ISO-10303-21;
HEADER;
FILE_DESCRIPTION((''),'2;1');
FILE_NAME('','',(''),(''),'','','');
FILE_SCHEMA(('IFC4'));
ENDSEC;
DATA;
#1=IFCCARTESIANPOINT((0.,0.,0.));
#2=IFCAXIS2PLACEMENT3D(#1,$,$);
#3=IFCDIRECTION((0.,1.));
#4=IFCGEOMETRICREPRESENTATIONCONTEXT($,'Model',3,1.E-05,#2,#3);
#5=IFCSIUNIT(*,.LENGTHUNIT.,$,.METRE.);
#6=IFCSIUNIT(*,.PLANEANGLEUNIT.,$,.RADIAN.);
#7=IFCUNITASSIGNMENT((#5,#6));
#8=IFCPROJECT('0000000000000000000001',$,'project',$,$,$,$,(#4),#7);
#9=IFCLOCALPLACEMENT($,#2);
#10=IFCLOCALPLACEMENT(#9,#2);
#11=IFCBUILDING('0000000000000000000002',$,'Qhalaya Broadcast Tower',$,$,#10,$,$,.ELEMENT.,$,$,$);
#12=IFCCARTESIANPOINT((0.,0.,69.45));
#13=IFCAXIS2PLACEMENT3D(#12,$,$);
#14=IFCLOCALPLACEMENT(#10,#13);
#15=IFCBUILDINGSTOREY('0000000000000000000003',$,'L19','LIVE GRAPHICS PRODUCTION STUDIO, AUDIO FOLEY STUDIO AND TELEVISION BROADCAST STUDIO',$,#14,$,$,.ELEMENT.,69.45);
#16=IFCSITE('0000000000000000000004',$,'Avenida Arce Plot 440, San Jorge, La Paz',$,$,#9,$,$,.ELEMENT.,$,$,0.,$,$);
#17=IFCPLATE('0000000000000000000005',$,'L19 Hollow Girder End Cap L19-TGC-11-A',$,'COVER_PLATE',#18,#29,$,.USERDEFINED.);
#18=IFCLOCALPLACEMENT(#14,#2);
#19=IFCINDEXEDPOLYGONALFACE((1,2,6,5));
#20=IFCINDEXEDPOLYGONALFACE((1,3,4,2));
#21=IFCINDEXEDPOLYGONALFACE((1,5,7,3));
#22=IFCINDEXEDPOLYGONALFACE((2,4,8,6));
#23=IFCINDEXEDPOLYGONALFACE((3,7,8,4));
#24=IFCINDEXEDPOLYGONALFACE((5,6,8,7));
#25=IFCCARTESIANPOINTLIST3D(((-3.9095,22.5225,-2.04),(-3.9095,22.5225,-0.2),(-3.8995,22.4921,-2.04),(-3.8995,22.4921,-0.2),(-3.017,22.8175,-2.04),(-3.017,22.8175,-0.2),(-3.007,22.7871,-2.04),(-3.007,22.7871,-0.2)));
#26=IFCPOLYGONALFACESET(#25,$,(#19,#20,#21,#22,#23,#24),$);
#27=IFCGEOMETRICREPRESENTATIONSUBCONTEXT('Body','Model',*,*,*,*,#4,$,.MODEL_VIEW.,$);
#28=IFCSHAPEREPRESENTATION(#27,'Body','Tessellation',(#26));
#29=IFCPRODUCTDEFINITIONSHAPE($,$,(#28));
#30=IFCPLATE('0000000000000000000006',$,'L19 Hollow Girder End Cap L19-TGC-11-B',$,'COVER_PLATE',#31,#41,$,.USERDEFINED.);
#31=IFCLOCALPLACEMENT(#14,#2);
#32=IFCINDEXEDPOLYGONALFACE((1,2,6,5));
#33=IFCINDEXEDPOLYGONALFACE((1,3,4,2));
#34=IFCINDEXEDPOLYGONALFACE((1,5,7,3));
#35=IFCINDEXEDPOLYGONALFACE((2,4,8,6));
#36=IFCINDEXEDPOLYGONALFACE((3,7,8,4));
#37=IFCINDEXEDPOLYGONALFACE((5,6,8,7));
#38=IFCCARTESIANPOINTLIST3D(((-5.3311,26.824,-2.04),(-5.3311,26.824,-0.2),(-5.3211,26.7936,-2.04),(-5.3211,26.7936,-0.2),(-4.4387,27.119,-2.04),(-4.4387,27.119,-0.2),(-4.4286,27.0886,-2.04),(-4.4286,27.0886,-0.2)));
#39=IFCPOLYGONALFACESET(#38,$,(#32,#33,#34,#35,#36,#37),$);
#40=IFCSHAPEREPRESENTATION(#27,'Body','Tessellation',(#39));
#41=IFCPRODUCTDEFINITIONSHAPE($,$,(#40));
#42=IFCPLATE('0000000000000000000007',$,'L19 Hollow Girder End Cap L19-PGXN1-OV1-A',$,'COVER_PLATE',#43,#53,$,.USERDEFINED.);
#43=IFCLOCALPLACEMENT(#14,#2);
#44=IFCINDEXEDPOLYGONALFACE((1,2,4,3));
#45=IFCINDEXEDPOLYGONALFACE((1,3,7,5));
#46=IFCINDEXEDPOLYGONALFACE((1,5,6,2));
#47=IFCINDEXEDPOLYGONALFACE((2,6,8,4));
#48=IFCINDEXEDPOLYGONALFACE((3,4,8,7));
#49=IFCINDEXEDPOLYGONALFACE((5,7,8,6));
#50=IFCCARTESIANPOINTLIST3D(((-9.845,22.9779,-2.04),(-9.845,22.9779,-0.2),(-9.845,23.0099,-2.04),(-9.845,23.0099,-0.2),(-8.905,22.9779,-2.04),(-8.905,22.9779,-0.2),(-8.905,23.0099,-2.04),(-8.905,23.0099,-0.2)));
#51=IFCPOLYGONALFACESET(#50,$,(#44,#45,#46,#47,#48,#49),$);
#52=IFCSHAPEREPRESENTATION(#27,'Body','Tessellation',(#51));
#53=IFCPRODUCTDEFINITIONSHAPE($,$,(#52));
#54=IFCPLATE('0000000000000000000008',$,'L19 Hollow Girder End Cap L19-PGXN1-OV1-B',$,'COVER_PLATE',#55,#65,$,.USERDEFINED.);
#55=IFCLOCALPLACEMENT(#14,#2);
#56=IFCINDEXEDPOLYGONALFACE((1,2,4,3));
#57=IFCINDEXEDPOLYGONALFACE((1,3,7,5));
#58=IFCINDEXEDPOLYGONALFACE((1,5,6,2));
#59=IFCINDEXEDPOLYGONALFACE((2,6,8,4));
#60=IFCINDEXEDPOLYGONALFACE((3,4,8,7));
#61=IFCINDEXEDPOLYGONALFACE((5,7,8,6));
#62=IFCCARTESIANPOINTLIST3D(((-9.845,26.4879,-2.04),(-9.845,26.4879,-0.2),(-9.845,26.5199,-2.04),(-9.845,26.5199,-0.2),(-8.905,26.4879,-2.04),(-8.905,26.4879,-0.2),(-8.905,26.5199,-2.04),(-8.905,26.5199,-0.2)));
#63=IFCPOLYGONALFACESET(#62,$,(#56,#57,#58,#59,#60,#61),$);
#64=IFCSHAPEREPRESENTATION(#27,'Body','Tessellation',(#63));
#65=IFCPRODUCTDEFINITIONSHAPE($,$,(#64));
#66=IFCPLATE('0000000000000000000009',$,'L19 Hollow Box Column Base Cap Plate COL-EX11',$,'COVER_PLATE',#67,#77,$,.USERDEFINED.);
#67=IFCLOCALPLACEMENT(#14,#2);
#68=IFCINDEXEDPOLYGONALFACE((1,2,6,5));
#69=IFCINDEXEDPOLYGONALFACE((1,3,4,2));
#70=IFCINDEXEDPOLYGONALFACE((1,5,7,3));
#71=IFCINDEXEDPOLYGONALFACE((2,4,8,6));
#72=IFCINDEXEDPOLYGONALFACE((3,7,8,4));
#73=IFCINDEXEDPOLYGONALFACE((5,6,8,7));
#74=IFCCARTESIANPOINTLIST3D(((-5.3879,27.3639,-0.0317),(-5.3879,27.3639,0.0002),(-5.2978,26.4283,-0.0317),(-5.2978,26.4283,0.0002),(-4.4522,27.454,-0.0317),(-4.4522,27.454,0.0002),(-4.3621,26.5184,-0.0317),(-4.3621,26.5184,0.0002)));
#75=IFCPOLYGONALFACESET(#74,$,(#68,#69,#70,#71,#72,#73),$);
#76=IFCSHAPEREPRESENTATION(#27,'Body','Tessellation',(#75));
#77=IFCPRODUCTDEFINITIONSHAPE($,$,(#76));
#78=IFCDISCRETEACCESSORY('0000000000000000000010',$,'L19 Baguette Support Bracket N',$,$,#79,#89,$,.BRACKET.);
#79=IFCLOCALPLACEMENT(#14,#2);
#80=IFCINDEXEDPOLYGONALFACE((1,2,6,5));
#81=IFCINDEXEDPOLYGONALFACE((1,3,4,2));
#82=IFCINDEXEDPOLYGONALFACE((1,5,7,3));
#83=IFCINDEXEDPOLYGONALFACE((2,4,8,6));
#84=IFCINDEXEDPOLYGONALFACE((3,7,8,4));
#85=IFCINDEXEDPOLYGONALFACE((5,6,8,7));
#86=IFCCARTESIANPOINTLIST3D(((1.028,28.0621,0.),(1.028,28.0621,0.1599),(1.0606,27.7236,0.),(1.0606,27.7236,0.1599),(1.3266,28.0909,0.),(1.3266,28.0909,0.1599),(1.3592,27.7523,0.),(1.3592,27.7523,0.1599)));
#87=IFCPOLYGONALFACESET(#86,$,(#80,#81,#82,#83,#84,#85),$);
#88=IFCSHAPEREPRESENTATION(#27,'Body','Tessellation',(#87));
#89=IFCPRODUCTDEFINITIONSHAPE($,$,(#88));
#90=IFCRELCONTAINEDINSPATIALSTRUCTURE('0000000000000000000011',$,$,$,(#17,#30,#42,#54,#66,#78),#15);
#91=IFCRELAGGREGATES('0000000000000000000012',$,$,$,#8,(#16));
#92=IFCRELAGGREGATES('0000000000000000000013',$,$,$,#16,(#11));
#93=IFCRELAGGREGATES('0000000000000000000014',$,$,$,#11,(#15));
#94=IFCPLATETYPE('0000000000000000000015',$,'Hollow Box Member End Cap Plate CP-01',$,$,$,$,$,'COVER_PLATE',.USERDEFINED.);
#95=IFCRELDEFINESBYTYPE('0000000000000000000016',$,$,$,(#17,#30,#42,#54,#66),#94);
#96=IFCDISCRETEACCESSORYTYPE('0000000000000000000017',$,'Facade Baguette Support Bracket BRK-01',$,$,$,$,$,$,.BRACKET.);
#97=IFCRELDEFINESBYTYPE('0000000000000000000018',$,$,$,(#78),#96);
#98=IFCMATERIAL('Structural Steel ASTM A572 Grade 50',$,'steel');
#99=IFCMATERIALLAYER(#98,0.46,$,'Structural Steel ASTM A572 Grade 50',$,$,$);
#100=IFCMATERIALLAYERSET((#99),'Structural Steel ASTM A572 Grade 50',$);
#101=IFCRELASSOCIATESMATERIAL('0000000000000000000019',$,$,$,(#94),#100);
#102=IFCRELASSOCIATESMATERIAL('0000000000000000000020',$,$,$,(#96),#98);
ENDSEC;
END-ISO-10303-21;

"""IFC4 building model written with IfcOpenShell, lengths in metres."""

from ifc_helpers import new_model, si_unit, direction, frame, origin, origin_2d, place, context, subcontext, project, spatial, rectangle, extrude, material, layer, layer_set, type_object, element, save


model = new_model("IFC4")

# Units and contexts
model_context = context("Model", 3, precision=1e-05, world=origin(), true_north=direction((0.0, 1.0)))
body_context = subcontext(model_context, "Body", "Model", "MODEL_VIEW")
ifc_project = project(units=[si_unit("LENGTHUNIT", "METRE"), si_unit("PLANEANGLEUNIT", "RADIAN")], contexts=[model_context])

# Site, building, storey
site_placement = place(None, origin())
site = spatial("IfcSite", under=ifc_project, at=site_placement, Name="Avenida Arce Plot 440, San Jorge, La Paz", CompositionType="ELEMENT", RefElevation=0.0)
building_placement = place(site_placement, origin())
building = spatial("IfcBuilding", under=site, at=building_placement, Name="Qhalaya Broadcast Tower", CompositionType="ELEMENT")
storey_placement = place(building_placement, frame((0.0, 0.0, 69.45)))
storey = spatial("IfcBuildingStorey", under=building, at=storey_placement, Name="L19", Description="LIVE GRAPHICS PRODUCTION STUDIO, AUDIO FOLEY STUDIO AND TELEVISION BROADCAST STUDIO", CompositionType="ELEMENT", Elevation=69.45)

# Shared definitions
ifc_material = material(Name="Structural Steel ASTM A572 Grade 50", Category="steel")

# Plates
ifc_layer_1 = layer(ifc_material, 0.46, Name="Structural Steel ASTM A572 Grade 50")
ifc_layer_set_1 = layer_set([ifc_layer_1], Name="Structural Steel ASTM A572 Grade 50")
plate_type_1 = type_object("IfcPlateType", Name="Hollow Box Member End Cap Plate CP-01", ElementType="COVER_PLATE", PredefinedType="USERDEFINED", material=ifc_layer_set_1)
for number, where, z_axis, x_axis, name in (
    (1, (-3.4583, 22.6548, -2.04), (0.0, 0.0, 1.0), (-0.94948, -0.313827, 0.0), "L19 Hollow Girder End Cap L19-TGC-11-A"),
    (2, (-4.8799, 26.9563, -2.04), (0.0, 0.0, 1.0), (-0.94948, -0.313827, 0.0), "L19 Hollow Girder End Cap L19-TGC-11-B"),
    (3, (-9.375, 22.9939, -2.04), (0.0, 0.0, 1.0), (-1.0, 0.0, 0.0), "L19 Hollow Girder End Cap L19-PGXN1-OV1-A"),
    (4, (-9.375, 26.5039, -2.04), (0.0, 0.0, 1.0), (-1.0, 0.0, 0.0), "L19 Hollow Girder End Cap L19-PGXN1-OV1-B"),
):
    element("IfcPlate", number, at=place(storey_placement, frame(where, z_axis=z_axis, x_axis=x_axis)), inside=storey, type_object=plate_type_1, Name=name, ObjectType="COVER_PLATE", PredefinedType="USERDEFINED", context=body_context, shape_type="SweptSolid", body=[
        extrude(rectangle(XDim=0.9399, YDim=0.032, at=origin_2d()), origin(), (0.0, 0.0, 1.0), 1.8401),
    ])
plate_placement = place(storey_placement, frame((-4.875, 26.9412, -0.0317), z_axis=(0.0, 0.0, 1.0), x_axis=(0.995396, 0.095846, 0.0)))
element("IfcPlate", 5, at=plate_placement, inside=storey, type_object=plate_type_1, Name="L19 Hollow Box Column Base Cap Plate COL-EX11", ObjectType="COVER_PLATE", PredefinedType="USERDEFINED", context=body_context, shape_type="SweptSolid", body=[
    extrude(rectangle(XDim=0.9399, YDim=0.9399, at=origin_2d()), origin(), (0.0, 0.0, 1.0), 0.032),
])

# Discrete accessory
discrete_accessory_type = type_object("IfcDiscreteAccessoryType", Name="Facade Baguette Support Bracket BRK-01", PredefinedType="BRACKET", material=ifc_material)
discrete_accessory_placement = place(storey_placement, frame((1.1936, 27.9072, 0.0), z_axis=(0.0, 0.0, 1.0), x_axis=(-0.995396, -0.095846, 0.0)))
element("IfcDiscreteAccessory", 6, at=discrete_accessory_placement, inside=storey, type_object=discrete_accessory_type, Name="L19 Baguette Support Bracket N", PredefinedType="BRACKET", context=body_context, shape_type="SweptSolid", body=[
    extrude(rectangle(XDim=0.3, YDim=0.3401, at=origin_2d()), origin(), (0.0, 0.0, 1.0), 0.1599),
])

save(model, "model.ifc")
